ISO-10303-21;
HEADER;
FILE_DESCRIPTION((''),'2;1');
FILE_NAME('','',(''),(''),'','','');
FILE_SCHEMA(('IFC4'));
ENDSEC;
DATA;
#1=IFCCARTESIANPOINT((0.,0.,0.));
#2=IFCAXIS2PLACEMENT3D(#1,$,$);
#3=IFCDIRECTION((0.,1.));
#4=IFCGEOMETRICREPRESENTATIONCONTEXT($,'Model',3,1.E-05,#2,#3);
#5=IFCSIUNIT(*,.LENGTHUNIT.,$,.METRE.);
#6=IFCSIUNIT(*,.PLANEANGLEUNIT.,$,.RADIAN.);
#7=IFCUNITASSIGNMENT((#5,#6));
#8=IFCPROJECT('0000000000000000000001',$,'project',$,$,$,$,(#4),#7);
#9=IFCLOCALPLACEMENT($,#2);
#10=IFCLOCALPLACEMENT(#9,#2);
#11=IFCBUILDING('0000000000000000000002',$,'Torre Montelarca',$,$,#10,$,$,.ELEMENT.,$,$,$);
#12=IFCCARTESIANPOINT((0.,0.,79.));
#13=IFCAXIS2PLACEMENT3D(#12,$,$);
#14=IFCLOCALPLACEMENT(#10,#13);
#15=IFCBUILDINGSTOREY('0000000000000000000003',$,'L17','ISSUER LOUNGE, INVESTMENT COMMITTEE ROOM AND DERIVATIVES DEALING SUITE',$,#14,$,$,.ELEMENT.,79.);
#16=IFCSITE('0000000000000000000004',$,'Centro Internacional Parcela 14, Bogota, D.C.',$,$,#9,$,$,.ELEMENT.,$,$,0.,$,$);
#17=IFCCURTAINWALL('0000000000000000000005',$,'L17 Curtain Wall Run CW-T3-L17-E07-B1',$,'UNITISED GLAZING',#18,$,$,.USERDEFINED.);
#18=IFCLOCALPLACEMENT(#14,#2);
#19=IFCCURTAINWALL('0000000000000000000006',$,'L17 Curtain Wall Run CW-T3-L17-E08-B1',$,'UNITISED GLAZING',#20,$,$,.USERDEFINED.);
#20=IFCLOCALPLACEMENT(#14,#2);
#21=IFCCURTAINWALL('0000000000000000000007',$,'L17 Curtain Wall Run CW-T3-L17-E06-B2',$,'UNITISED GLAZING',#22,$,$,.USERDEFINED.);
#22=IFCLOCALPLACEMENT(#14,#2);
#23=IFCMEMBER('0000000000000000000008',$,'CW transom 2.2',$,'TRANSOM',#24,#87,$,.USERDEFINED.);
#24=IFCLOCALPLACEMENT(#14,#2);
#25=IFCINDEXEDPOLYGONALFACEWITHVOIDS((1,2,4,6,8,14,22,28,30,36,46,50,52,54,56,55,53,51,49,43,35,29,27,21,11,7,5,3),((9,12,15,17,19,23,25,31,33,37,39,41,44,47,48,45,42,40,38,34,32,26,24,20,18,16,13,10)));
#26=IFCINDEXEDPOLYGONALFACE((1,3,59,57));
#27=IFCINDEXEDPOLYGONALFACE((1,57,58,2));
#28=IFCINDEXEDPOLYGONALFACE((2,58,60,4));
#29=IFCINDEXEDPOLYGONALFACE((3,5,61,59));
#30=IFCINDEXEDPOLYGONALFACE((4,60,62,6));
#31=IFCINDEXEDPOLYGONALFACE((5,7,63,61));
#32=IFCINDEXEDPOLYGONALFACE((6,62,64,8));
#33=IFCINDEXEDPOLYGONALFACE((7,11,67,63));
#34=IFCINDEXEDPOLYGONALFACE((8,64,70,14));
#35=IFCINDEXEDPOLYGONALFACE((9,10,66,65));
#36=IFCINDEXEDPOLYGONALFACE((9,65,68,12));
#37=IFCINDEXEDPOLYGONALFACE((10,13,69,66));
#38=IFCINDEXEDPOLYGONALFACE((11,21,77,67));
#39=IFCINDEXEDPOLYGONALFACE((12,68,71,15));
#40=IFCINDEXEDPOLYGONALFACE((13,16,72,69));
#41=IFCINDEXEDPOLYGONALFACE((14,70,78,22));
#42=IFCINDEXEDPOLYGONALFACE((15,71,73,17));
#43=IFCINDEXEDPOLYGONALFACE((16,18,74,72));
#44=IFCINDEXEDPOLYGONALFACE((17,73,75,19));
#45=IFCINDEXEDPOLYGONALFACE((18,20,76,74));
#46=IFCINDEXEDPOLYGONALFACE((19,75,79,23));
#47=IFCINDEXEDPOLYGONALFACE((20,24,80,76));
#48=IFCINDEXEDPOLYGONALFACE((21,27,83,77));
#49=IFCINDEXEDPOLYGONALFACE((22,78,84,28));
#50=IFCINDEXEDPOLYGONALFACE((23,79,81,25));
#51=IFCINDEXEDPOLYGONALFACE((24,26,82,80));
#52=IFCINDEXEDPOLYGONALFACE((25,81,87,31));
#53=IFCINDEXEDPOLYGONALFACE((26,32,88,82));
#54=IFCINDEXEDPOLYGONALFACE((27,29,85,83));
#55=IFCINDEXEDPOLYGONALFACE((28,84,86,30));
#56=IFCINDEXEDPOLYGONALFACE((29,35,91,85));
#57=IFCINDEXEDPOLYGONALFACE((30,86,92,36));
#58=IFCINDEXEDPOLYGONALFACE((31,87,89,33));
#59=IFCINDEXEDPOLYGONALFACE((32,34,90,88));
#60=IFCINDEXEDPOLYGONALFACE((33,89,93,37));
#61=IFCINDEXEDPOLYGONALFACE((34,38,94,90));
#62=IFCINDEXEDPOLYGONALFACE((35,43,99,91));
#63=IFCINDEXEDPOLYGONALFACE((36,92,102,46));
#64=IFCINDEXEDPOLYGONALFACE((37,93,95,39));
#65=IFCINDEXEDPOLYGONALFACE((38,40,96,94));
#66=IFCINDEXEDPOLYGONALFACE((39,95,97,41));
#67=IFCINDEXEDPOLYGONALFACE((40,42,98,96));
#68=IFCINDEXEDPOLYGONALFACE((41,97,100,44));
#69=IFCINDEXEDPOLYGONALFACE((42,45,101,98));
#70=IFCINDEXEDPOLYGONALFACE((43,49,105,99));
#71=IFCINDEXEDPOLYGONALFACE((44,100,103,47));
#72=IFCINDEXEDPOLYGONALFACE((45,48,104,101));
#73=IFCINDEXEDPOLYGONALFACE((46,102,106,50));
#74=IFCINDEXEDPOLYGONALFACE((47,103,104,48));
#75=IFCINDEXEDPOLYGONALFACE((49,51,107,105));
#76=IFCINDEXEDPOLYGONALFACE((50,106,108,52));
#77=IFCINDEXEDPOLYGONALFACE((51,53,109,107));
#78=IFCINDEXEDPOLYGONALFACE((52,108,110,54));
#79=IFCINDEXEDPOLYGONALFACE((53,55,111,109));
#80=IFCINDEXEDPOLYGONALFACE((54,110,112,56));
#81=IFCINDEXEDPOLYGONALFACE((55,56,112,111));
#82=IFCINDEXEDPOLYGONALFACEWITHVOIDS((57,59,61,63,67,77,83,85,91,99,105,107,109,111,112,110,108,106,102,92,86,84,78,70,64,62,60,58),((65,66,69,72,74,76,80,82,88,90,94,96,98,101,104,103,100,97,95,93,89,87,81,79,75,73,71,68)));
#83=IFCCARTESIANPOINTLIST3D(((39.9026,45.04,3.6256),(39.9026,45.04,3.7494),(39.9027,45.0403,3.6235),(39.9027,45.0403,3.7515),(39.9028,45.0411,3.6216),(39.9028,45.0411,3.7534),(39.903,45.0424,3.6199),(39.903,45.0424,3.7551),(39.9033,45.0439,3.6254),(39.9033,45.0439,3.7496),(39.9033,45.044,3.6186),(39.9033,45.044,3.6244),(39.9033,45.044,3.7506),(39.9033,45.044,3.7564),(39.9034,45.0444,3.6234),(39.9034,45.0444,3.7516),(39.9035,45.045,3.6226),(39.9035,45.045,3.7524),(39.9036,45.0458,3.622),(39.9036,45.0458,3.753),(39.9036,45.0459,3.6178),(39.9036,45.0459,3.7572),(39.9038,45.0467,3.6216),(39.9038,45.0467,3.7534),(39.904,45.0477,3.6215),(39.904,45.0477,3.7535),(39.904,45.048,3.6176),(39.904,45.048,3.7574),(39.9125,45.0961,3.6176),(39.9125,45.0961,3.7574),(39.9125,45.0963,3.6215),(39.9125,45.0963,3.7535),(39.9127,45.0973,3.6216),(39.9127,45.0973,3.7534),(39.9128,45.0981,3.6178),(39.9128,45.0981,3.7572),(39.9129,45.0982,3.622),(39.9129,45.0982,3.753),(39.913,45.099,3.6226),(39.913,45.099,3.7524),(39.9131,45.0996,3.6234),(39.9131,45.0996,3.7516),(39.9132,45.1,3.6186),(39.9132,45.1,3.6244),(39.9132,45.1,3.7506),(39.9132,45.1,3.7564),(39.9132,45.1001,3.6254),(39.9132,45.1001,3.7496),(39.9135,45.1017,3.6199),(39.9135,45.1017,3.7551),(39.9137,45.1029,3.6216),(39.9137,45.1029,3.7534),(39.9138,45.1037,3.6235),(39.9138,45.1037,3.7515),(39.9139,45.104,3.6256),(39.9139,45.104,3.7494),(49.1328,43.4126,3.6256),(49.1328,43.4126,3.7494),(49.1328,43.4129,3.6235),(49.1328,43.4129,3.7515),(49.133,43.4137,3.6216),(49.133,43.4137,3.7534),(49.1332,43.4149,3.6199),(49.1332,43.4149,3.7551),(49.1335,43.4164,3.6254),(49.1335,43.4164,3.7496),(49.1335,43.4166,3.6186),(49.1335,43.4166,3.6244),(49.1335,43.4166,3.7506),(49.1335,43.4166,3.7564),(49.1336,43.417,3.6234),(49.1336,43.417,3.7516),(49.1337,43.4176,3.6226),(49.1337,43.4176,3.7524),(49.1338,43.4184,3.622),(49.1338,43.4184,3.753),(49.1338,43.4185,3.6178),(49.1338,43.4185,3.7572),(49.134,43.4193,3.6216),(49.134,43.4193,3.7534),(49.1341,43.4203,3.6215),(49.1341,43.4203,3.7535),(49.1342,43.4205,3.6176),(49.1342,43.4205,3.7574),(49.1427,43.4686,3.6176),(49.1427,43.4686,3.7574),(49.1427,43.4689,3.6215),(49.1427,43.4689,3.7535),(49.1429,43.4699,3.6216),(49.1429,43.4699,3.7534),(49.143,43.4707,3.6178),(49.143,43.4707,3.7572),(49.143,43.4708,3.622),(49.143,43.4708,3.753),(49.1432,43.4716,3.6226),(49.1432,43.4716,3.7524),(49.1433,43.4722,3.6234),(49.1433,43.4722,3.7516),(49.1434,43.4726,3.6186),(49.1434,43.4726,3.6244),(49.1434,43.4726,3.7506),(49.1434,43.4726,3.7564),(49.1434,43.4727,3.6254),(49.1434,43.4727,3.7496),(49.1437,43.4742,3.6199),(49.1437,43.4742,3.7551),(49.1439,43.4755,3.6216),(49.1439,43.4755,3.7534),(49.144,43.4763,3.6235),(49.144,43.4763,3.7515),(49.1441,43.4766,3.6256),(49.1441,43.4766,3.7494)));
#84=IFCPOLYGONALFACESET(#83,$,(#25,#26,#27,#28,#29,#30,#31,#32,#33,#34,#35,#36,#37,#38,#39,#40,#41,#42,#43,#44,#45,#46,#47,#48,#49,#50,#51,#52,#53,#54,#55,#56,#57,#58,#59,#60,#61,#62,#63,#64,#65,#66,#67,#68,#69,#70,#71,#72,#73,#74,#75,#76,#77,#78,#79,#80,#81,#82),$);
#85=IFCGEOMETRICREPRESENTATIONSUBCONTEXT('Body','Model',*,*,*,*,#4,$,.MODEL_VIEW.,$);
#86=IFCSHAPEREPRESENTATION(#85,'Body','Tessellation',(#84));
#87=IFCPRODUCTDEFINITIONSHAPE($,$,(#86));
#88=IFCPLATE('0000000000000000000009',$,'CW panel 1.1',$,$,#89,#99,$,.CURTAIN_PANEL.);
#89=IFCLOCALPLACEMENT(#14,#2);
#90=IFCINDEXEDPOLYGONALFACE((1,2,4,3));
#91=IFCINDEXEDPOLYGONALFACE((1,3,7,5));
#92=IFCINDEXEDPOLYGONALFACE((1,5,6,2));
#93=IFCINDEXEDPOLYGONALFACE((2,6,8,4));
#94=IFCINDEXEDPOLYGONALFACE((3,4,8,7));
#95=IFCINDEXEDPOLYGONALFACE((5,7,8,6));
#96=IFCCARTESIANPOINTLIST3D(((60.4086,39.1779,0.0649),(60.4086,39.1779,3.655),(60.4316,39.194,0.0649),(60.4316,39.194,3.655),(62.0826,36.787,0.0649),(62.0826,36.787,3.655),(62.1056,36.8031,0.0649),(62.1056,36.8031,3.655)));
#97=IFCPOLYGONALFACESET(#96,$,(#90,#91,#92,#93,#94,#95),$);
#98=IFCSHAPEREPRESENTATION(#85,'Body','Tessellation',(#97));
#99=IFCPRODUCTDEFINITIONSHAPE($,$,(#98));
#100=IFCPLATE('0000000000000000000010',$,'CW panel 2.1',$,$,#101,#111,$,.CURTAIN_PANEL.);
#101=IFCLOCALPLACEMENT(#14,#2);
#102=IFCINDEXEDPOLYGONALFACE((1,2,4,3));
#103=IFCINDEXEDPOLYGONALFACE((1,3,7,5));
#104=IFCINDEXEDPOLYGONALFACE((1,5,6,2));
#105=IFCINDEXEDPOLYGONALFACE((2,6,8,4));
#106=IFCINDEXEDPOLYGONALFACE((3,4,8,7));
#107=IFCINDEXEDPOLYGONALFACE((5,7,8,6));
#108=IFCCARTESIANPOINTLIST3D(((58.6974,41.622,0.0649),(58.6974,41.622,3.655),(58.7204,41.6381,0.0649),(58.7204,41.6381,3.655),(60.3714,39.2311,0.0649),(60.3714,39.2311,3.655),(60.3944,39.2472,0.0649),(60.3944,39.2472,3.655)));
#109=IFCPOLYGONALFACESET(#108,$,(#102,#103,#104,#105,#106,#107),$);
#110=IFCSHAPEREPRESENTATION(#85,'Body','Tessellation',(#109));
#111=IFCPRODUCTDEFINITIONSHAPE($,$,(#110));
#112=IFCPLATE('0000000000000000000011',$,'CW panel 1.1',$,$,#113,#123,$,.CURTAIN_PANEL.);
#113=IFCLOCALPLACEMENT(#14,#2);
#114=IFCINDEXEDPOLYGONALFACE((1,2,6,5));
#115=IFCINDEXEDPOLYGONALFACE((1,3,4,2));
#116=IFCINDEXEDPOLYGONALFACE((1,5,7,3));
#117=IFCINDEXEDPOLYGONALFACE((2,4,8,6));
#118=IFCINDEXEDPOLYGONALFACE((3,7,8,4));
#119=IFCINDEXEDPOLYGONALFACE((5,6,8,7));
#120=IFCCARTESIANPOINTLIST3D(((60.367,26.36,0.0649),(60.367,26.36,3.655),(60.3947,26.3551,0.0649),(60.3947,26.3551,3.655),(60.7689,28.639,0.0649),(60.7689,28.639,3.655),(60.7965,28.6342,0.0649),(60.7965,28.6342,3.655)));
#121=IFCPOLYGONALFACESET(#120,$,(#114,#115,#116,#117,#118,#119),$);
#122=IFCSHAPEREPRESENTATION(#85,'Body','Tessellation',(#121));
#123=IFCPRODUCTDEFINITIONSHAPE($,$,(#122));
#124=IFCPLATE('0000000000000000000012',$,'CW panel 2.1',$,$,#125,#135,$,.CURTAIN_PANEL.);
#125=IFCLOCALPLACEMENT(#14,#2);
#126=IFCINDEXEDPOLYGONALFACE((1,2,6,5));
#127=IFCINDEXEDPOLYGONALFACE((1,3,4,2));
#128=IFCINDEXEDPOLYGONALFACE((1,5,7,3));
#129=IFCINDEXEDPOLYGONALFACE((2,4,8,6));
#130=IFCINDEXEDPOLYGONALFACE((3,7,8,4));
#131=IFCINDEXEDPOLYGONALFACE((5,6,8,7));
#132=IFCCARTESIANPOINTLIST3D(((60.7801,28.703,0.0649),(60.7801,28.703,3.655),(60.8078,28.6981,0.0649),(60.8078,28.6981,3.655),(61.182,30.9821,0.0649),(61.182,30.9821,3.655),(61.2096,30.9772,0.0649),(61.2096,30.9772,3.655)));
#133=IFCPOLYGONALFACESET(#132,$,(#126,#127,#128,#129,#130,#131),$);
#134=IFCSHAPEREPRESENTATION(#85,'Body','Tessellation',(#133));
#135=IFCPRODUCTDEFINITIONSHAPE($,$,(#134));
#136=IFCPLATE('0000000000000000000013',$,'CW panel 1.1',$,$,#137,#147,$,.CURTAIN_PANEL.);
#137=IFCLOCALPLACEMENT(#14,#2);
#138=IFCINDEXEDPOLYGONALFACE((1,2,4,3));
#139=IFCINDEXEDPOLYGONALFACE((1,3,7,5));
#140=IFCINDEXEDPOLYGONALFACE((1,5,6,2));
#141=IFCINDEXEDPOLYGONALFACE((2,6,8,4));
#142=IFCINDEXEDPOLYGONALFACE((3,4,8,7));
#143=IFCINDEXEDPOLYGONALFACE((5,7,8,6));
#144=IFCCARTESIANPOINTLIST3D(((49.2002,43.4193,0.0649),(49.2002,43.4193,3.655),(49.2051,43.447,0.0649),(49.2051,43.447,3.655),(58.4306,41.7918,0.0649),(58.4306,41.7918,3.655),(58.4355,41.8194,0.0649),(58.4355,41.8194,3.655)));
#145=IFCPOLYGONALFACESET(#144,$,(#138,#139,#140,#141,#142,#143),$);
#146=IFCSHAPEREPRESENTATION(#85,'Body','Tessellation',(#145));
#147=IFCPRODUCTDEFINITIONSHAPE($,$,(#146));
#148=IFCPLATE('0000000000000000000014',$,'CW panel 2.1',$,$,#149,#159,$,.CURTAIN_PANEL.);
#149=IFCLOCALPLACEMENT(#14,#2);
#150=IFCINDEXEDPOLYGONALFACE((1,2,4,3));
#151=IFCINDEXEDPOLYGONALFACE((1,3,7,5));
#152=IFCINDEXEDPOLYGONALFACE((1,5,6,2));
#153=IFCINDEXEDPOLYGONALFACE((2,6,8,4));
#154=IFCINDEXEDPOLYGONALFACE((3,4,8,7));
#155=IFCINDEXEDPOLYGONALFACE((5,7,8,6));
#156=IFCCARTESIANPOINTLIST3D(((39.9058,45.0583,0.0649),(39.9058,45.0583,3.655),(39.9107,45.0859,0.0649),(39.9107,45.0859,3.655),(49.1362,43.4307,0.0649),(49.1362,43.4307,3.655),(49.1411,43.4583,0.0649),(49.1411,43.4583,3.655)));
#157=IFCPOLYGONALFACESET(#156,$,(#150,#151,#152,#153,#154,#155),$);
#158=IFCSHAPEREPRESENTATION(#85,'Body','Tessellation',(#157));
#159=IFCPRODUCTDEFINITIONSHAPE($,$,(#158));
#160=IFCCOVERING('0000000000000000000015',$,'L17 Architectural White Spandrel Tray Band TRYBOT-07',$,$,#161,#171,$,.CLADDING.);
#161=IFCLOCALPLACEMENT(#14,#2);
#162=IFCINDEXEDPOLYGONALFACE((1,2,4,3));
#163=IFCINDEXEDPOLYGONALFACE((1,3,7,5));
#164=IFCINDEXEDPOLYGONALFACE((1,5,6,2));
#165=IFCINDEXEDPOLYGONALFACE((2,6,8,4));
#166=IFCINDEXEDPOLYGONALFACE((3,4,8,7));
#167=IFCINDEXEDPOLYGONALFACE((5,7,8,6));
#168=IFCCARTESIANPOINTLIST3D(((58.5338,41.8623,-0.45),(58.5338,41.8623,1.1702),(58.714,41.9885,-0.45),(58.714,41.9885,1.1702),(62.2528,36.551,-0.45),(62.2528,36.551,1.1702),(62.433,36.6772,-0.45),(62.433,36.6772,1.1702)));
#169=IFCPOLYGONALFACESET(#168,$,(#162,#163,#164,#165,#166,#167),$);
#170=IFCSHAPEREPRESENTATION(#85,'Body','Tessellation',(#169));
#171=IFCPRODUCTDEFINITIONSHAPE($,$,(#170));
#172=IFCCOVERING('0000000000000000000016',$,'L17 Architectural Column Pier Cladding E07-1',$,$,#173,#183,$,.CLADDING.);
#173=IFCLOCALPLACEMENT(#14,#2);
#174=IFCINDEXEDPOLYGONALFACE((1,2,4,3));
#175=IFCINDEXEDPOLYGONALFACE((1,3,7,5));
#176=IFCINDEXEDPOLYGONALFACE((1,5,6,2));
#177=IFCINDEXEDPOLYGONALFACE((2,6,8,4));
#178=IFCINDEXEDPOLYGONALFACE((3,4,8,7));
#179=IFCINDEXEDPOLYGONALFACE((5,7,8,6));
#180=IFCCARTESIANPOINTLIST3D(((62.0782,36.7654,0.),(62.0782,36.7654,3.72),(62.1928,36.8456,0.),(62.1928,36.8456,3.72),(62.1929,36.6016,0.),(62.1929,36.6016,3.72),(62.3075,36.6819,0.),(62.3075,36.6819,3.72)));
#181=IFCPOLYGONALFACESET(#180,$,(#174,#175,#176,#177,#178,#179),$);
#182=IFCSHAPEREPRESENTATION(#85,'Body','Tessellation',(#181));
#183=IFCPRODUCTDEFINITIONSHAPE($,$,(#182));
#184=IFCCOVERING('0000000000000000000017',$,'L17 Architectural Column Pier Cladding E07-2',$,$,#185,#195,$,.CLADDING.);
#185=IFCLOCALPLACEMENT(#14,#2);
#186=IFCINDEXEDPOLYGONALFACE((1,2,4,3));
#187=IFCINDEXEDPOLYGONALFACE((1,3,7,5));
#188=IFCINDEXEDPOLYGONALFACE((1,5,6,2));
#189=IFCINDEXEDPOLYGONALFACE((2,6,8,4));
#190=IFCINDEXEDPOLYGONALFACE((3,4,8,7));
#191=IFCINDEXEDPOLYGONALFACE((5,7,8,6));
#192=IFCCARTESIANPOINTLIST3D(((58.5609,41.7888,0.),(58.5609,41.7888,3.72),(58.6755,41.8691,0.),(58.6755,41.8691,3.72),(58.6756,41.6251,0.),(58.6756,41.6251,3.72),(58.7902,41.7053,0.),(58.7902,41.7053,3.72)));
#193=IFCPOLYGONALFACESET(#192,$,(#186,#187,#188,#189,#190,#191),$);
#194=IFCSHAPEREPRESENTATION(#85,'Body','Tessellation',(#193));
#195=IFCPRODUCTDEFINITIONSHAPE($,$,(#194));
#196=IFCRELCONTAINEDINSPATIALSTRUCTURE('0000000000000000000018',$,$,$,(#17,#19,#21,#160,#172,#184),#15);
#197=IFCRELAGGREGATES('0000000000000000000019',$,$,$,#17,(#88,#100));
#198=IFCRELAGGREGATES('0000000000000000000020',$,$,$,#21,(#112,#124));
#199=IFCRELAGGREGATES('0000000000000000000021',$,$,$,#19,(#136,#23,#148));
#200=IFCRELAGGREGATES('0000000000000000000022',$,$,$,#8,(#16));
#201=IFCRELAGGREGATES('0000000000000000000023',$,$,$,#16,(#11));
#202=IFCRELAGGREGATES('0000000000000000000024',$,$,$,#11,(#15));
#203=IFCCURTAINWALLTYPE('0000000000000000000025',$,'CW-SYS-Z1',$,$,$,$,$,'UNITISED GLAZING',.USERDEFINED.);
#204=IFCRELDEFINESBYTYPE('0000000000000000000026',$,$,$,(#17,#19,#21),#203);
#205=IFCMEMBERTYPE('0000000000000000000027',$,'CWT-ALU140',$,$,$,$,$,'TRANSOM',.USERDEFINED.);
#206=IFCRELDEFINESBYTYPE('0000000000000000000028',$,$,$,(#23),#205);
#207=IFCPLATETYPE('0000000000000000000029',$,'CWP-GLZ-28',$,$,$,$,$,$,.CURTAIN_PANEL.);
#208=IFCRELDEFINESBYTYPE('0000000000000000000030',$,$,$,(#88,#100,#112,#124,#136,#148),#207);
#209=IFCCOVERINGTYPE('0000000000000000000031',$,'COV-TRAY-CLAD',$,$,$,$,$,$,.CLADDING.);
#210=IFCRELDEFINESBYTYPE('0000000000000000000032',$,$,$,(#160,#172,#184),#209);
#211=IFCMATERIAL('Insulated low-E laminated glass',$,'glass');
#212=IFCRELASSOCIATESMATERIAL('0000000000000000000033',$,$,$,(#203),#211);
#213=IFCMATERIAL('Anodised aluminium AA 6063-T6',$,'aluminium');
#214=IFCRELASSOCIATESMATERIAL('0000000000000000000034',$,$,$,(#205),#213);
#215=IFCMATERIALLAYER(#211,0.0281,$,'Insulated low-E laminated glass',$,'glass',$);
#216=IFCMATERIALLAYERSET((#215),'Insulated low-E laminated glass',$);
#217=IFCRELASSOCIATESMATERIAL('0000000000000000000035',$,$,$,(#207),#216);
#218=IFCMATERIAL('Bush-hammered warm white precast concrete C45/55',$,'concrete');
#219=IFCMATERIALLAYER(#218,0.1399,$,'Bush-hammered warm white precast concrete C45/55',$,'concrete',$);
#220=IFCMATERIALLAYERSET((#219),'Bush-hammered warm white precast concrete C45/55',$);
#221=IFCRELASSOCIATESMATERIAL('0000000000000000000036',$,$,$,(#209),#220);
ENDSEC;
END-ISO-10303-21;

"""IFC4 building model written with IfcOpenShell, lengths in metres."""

from ifc_helpers import new_model, si_unit, direction, frame, origin, origin_2d, place, context, subcontext, project, spatial, rectangle, hollow_rectangle, extrude, source, transform, mapped, material, layer, layer_set, material_profile, profile_set, type_object, element, aggregate, save


model = new_model("IFC4")

# Units and contexts
model_context = context("Model", 3, precision=1e-05, world=origin(), true_north=direction((0.0, 1.0)))
body_context = subcontext(model_context, "Body", "Model", "MODEL_VIEW")
ifc_project = project(units=[si_unit("LENGTHUNIT", "METRE"), si_unit("PLANEANGLEUNIT", "RADIAN")], contexts=[model_context])

# Site, building, storey
site_placement = place(None, origin())
site = spatial("IfcSite", under=ifc_project, at=site_placement, Name="Centro Internacional Parcela 14, Bogota, D.C.", CompositionType="ELEMENT", RefElevation=0.0)
building_placement = place(site_placement, origin())
building = spatial("IfcBuilding", under=site, at=building_placement, Name="Torre Montelarca", CompositionType="ELEMENT")
storey_placement = place(building_placement, frame((0.0, 0.0, 79.0)))
storey = spatial("IfcBuildingStorey", under=building, at=storey_placement, Name="L17", Description="ISSUER LOUNGE, INVESTMENT COMMITTEE ROOM AND DERIVATIVES DEALING SUITE", CompositionType="ELEMENT", Elevation=79.0)

# Curtain walls
ifc_material_1 = material(Name="Insulated low-E laminated glass", Category="glass")
curtain_wall_type = type_object("IfcCurtainWallType", Name="CW-SYS-Z1", ElementType="UNITISED GLAZING", PredefinedType="USERDEFINED", material=ifc_material_1)
curtain_wall_1_placement = place(storey_placement, origin())
curtain_wall_1 = element("IfcCurtainWall", 1, at=curtain_wall_1_placement, inside=storey, type_object=curtain_wall_type, Name="L17 Curtain Wall Run CW-T3-L17-E07-B1", ObjectType="UNITISED GLAZING", PredefinedType="USERDEFINED")
ifc_material_2 = material(Name="Anodised aluminium AA 6063-T6", Category="aluminium")
ifc_material_profile_1 = material_profile(ifc_material_2, hollow_rectangle(XDim=0.0649, YDim=0.1399, WallThickness=0.0039, InnerFilletRadius=0.0039, OuterFilletRadius=0.0081, at=origin_2d()), Name="ALU65X140X4", Category="aluminium")
ifc_profile_set_1 = profile_set([ifc_material_profile_1], Name="Anodised aluminium AA 6063-T6")
member_type_1 = type_object("IfcMemberType", Name="CWT-ALU140", ElementType="TRANSOM", PredefinedType="USERDEFINED", material=ifc_profile_set_1)
curtain_wall_2_placement = place(storey_placement, origin())
curtain_wall_2 = element("IfcCurtainWall", 2, at=curtain_wall_2_placement, inside=storey, type_object=curtain_wall_type, Name="L17 Curtain Wall Run CW-T3-L17-E08-B1", ObjectType="UNITISED GLAZING", PredefinedType="USERDEFINED")
curtain_wall_3_placement = place(storey_placement, origin())
curtain_wall_3 = element("IfcCurtainWall", 3, at=curtain_wall_3_placement, inside=storey, type_object=curtain_wall_type, Name="L17 Curtain Wall Run CW-T3-L17-E06-B2", ObjectType="UNITISED GLAZING", PredefinedType="USERDEFINED")

# Member
shared_shape_1 = source(origin(), body_context, "Body", "SweptSolid", [
    extrude(hollow_rectangle(XDim=0.0649, YDim=0.1399, WallThickness=0.0039, InnerFilletRadius=0.0039, OuterFilletRadius=0.0081, at=origin_2d()), origin(), (0.0, 0.0, 1.0), 9.3726),
])
member_1_placement = place(storey_placement, frame((49.1384, 43.4446, 3.6875), z_axis=(-0.98481, 0.173638, 0.0), x_axis=(-0.173638, -0.98481, 0.0)))
member_1 = element("IfcMember", 4, at=member_1_placement, type_object=member_type_1, Name="CW transom 2.2", ObjectType="TRANSOM", PredefinedType="USERDEFINED", context=body_context, shape_type="MappedRepresentation", body=[
    mapped(shared_shape_1, transform((0.0, 0.0, 0.0), scale=1.0)),
])

# Plates
ifc_layer_1 = layer(ifc_material_1, 0.0281, Name="Insulated low-E laminated glass", Category="glass")
ifc_layer_set_1 = layer_set([ifc_layer_1], Name="Insulated low-E laminated glass")
plate_type = type_object("IfcPlateType", Name="CWP-GLZ-28", PredefinedType="CURTAIN_PANEL", material=ifc_layer_set_1)
shared_shape_2 = source(origin(), body_context, "Body", "SweptSolid", [
    extrude(rectangle(XDim=2.9187, YDim=0.0281, at=origin_2d()), origin(), (0.0, 0.0, 1.0), 3.5901),
])
plate_1_placement = place(storey_placement, frame((61.2571, 37.9905, 0.0649), z_axis=(0.0, 0.0, 1.0), x_axis=(-0.573546, 0.819174, 0.0)))
plate_1 = element("IfcPlate", 5, at=plate_1_placement, type_object=plate_type, Name="CW panel 1.1", PredefinedType="CURTAIN_PANEL", context=body_context, shape_type="MappedRepresentation", body=[
    mapped(shared_shape_2, transform((0.0, 0.0, 0.0), scale=1.0)),
])
plate_2_placement = place(storey_placement, frame((59.5459, 40.4346, 0.0649), z_axis=(0.0, 0.0, 1.0), x_axis=(-0.573546, 0.819174, 0.0)))
plate_2 = element("IfcPlate", 6, at=plate_2_placement, type_object=plate_type, Name="CW panel 2.1", PredefinedType="CURTAIN_PANEL", context=body_context, shape_type="MappedRepresentation", body=[
    mapped(shared_shape_2, transform((0.0, 0.0, 0.0), scale=1.0)),
])
aggregate(curtain_wall_1, [plate_1, plate_2])
shared_shape_3 = source(origin(), body_context, "Body", "SweptSolid", [
    extrude(rectangle(XDim=2.3142, YDim=0.0281, at=origin_2d()), origin(), (0.0, 0.0, 1.0), 3.5901),
])
plate_3_placement = place(storey_placement, frame((60.5818, 27.4971, 0.0649), z_axis=(0.0, 0.0, 1.0), x_axis=(0.173637, 0.98481, 0.0)))
plate_3 = element("IfcPlate", 7, at=plate_3_placement, type_object=plate_type, Name="CW panel 1.1", PredefinedType="CURTAIN_PANEL", context=body_context, shape_type="MappedRepresentation", body=[
    mapped(shared_shape_3, transform((0.0, 0.0, 0.0), scale=1.0)),
])
plate_4_placement = place(storey_placement, frame((60.9949, 29.8401, 0.0649), z_axis=(0.0, 0.0, 1.0), x_axis=(0.173637, 0.98481, 0.0)))
plate_4 = element("IfcPlate", 8, at=plate_4_placement, type_object=plate_type, Name="CW panel 2.1", PredefinedType="CURTAIN_PANEL", context=body_context, shape_type="MappedRepresentation", body=[
    mapped(shared_shape_3, transform((0.0, 0.0, 0.0), scale=1.0)),
])
aggregate(curtain_wall_3, [plate_3, plate_4])
shared_shape_4 = source(origin(), body_context, "Body", "SweptSolid", [
    extrude(rectangle(XDim=9.3728, YDim=0.0281, at=origin_2d()), origin(), (0.0, 0.0, 1.0), 3.5901),
])
plate_5_placement = place(storey_placement, frame((53.8179, 42.6194, 0.0649), z_axis=(0.0, 0.0, 1.0), x_axis=(-0.984808, 0.173648, 0.0)))
plate_5 = element("IfcPlate", 9, at=plate_5_placement, type_object=plate_type, Name="CW panel 1.1", PredefinedType="CURTAIN_PANEL", context=body_context, shape_type="MappedRepresentation", body=[
    mapped(shared_shape_4, transform((0.0, 0.0, 0.0), scale=1.0)),
])
plate_6_placement = place(storey_placement, frame((44.5234, 44.2583, 0.0649), z_axis=(0.0, 0.0, 1.0), x_axis=(-0.984808, 0.173648, 0.0)))
plate_6 = element("IfcPlate", 10, at=plate_6_placement, type_object=plate_type, Name="CW panel 2.1", PredefinedType="CURTAIN_PANEL", context=body_context, shape_type="MappedRepresentation", body=[
    mapped(shared_shape_4, transform((0.0, 0.0, 0.0), scale=1.0)),
])
aggregate(curtain_wall_2, [plate_5, member_1, plate_6])

# Coverings
ifc_material_3 = material(Name="Bush-hammered warm white precast concrete C45/55", Category="concrete")
ifc_layer_2 = layer(ifc_material_3, 0.1399, Name="Bush-hammered warm white precast concrete C45/55", Category="concrete")
ifc_layer_set_2 = layer_set([ifc_layer_2], Name="Bush-hammered warm white precast concrete C45/55")
covering_type = type_object("IfcCoveringType", Name="COV-TRAY-CLAD", PredefinedType="CLADDING", material=ifc_layer_set_2)
shared_shape_5 = source(origin(), body_context, "Body", "SweptSolid", [
    extrude(rectangle(XDim=6.4839, YDim=0.22, at=origin_2d()), origin(), (0.0, 0.0, 1.0), 1.6201),
])
covering_1_placement = place(storey_placement, frame((60.4834, 39.2698, -0.45), z_axis=(0.0, 0.0, 1.0), x_axis=(-0.573571, 0.819156, 0.0)))
element("IfcCovering", 11, at=covering_1_placement, inside=storey, type_object=covering_type, Name="L17 Architectural White Spandrel Tray Band TRYBOT-07", PredefinedType="CLADDING", context=body_context, shape_type="MappedRepresentation", body=[
    mapped(shared_shape_5, transform((0.0, 0.0, 0.0), scale=1.0)),
])
shared_shape_6 = source(origin(), body_context, "Body", "SweptSolid", [
    extrude(rectangle(XDim=0.2, YDim=0.1399, at=origin_2d()), origin(), (0.0, 0.0, 1.0), 3.72),
])
for number, where, z_axis, x_axis, name in (
    (12, (62.1929, 36.7236, 0.0), (0.0, 0.0, 1.0), (-0.573558, 0.819165, 0.0), "L17 Architectural Column Pier Cladding E07-1"),
    (13, (58.6755, 41.7471, 0.0), (0.0, 0.0, 1.0), (-0.573558, 0.819165, 0.0), "L17 Architectural Column Pier Cladding E07-2"),
):
    element("IfcCovering", number, at=place(storey_placement, frame(where, z_axis=z_axis, x_axis=x_axis)), inside=storey, type_object=covering_type, Name=name, PredefinedType="CLADDING", context=body_context, shape_type="MappedRepresentation", body=[
        mapped(shared_shape_6, transform((0.0, 0.0, 0.0), scale=1.0)),
    ])

save(model, "model.ifc")
